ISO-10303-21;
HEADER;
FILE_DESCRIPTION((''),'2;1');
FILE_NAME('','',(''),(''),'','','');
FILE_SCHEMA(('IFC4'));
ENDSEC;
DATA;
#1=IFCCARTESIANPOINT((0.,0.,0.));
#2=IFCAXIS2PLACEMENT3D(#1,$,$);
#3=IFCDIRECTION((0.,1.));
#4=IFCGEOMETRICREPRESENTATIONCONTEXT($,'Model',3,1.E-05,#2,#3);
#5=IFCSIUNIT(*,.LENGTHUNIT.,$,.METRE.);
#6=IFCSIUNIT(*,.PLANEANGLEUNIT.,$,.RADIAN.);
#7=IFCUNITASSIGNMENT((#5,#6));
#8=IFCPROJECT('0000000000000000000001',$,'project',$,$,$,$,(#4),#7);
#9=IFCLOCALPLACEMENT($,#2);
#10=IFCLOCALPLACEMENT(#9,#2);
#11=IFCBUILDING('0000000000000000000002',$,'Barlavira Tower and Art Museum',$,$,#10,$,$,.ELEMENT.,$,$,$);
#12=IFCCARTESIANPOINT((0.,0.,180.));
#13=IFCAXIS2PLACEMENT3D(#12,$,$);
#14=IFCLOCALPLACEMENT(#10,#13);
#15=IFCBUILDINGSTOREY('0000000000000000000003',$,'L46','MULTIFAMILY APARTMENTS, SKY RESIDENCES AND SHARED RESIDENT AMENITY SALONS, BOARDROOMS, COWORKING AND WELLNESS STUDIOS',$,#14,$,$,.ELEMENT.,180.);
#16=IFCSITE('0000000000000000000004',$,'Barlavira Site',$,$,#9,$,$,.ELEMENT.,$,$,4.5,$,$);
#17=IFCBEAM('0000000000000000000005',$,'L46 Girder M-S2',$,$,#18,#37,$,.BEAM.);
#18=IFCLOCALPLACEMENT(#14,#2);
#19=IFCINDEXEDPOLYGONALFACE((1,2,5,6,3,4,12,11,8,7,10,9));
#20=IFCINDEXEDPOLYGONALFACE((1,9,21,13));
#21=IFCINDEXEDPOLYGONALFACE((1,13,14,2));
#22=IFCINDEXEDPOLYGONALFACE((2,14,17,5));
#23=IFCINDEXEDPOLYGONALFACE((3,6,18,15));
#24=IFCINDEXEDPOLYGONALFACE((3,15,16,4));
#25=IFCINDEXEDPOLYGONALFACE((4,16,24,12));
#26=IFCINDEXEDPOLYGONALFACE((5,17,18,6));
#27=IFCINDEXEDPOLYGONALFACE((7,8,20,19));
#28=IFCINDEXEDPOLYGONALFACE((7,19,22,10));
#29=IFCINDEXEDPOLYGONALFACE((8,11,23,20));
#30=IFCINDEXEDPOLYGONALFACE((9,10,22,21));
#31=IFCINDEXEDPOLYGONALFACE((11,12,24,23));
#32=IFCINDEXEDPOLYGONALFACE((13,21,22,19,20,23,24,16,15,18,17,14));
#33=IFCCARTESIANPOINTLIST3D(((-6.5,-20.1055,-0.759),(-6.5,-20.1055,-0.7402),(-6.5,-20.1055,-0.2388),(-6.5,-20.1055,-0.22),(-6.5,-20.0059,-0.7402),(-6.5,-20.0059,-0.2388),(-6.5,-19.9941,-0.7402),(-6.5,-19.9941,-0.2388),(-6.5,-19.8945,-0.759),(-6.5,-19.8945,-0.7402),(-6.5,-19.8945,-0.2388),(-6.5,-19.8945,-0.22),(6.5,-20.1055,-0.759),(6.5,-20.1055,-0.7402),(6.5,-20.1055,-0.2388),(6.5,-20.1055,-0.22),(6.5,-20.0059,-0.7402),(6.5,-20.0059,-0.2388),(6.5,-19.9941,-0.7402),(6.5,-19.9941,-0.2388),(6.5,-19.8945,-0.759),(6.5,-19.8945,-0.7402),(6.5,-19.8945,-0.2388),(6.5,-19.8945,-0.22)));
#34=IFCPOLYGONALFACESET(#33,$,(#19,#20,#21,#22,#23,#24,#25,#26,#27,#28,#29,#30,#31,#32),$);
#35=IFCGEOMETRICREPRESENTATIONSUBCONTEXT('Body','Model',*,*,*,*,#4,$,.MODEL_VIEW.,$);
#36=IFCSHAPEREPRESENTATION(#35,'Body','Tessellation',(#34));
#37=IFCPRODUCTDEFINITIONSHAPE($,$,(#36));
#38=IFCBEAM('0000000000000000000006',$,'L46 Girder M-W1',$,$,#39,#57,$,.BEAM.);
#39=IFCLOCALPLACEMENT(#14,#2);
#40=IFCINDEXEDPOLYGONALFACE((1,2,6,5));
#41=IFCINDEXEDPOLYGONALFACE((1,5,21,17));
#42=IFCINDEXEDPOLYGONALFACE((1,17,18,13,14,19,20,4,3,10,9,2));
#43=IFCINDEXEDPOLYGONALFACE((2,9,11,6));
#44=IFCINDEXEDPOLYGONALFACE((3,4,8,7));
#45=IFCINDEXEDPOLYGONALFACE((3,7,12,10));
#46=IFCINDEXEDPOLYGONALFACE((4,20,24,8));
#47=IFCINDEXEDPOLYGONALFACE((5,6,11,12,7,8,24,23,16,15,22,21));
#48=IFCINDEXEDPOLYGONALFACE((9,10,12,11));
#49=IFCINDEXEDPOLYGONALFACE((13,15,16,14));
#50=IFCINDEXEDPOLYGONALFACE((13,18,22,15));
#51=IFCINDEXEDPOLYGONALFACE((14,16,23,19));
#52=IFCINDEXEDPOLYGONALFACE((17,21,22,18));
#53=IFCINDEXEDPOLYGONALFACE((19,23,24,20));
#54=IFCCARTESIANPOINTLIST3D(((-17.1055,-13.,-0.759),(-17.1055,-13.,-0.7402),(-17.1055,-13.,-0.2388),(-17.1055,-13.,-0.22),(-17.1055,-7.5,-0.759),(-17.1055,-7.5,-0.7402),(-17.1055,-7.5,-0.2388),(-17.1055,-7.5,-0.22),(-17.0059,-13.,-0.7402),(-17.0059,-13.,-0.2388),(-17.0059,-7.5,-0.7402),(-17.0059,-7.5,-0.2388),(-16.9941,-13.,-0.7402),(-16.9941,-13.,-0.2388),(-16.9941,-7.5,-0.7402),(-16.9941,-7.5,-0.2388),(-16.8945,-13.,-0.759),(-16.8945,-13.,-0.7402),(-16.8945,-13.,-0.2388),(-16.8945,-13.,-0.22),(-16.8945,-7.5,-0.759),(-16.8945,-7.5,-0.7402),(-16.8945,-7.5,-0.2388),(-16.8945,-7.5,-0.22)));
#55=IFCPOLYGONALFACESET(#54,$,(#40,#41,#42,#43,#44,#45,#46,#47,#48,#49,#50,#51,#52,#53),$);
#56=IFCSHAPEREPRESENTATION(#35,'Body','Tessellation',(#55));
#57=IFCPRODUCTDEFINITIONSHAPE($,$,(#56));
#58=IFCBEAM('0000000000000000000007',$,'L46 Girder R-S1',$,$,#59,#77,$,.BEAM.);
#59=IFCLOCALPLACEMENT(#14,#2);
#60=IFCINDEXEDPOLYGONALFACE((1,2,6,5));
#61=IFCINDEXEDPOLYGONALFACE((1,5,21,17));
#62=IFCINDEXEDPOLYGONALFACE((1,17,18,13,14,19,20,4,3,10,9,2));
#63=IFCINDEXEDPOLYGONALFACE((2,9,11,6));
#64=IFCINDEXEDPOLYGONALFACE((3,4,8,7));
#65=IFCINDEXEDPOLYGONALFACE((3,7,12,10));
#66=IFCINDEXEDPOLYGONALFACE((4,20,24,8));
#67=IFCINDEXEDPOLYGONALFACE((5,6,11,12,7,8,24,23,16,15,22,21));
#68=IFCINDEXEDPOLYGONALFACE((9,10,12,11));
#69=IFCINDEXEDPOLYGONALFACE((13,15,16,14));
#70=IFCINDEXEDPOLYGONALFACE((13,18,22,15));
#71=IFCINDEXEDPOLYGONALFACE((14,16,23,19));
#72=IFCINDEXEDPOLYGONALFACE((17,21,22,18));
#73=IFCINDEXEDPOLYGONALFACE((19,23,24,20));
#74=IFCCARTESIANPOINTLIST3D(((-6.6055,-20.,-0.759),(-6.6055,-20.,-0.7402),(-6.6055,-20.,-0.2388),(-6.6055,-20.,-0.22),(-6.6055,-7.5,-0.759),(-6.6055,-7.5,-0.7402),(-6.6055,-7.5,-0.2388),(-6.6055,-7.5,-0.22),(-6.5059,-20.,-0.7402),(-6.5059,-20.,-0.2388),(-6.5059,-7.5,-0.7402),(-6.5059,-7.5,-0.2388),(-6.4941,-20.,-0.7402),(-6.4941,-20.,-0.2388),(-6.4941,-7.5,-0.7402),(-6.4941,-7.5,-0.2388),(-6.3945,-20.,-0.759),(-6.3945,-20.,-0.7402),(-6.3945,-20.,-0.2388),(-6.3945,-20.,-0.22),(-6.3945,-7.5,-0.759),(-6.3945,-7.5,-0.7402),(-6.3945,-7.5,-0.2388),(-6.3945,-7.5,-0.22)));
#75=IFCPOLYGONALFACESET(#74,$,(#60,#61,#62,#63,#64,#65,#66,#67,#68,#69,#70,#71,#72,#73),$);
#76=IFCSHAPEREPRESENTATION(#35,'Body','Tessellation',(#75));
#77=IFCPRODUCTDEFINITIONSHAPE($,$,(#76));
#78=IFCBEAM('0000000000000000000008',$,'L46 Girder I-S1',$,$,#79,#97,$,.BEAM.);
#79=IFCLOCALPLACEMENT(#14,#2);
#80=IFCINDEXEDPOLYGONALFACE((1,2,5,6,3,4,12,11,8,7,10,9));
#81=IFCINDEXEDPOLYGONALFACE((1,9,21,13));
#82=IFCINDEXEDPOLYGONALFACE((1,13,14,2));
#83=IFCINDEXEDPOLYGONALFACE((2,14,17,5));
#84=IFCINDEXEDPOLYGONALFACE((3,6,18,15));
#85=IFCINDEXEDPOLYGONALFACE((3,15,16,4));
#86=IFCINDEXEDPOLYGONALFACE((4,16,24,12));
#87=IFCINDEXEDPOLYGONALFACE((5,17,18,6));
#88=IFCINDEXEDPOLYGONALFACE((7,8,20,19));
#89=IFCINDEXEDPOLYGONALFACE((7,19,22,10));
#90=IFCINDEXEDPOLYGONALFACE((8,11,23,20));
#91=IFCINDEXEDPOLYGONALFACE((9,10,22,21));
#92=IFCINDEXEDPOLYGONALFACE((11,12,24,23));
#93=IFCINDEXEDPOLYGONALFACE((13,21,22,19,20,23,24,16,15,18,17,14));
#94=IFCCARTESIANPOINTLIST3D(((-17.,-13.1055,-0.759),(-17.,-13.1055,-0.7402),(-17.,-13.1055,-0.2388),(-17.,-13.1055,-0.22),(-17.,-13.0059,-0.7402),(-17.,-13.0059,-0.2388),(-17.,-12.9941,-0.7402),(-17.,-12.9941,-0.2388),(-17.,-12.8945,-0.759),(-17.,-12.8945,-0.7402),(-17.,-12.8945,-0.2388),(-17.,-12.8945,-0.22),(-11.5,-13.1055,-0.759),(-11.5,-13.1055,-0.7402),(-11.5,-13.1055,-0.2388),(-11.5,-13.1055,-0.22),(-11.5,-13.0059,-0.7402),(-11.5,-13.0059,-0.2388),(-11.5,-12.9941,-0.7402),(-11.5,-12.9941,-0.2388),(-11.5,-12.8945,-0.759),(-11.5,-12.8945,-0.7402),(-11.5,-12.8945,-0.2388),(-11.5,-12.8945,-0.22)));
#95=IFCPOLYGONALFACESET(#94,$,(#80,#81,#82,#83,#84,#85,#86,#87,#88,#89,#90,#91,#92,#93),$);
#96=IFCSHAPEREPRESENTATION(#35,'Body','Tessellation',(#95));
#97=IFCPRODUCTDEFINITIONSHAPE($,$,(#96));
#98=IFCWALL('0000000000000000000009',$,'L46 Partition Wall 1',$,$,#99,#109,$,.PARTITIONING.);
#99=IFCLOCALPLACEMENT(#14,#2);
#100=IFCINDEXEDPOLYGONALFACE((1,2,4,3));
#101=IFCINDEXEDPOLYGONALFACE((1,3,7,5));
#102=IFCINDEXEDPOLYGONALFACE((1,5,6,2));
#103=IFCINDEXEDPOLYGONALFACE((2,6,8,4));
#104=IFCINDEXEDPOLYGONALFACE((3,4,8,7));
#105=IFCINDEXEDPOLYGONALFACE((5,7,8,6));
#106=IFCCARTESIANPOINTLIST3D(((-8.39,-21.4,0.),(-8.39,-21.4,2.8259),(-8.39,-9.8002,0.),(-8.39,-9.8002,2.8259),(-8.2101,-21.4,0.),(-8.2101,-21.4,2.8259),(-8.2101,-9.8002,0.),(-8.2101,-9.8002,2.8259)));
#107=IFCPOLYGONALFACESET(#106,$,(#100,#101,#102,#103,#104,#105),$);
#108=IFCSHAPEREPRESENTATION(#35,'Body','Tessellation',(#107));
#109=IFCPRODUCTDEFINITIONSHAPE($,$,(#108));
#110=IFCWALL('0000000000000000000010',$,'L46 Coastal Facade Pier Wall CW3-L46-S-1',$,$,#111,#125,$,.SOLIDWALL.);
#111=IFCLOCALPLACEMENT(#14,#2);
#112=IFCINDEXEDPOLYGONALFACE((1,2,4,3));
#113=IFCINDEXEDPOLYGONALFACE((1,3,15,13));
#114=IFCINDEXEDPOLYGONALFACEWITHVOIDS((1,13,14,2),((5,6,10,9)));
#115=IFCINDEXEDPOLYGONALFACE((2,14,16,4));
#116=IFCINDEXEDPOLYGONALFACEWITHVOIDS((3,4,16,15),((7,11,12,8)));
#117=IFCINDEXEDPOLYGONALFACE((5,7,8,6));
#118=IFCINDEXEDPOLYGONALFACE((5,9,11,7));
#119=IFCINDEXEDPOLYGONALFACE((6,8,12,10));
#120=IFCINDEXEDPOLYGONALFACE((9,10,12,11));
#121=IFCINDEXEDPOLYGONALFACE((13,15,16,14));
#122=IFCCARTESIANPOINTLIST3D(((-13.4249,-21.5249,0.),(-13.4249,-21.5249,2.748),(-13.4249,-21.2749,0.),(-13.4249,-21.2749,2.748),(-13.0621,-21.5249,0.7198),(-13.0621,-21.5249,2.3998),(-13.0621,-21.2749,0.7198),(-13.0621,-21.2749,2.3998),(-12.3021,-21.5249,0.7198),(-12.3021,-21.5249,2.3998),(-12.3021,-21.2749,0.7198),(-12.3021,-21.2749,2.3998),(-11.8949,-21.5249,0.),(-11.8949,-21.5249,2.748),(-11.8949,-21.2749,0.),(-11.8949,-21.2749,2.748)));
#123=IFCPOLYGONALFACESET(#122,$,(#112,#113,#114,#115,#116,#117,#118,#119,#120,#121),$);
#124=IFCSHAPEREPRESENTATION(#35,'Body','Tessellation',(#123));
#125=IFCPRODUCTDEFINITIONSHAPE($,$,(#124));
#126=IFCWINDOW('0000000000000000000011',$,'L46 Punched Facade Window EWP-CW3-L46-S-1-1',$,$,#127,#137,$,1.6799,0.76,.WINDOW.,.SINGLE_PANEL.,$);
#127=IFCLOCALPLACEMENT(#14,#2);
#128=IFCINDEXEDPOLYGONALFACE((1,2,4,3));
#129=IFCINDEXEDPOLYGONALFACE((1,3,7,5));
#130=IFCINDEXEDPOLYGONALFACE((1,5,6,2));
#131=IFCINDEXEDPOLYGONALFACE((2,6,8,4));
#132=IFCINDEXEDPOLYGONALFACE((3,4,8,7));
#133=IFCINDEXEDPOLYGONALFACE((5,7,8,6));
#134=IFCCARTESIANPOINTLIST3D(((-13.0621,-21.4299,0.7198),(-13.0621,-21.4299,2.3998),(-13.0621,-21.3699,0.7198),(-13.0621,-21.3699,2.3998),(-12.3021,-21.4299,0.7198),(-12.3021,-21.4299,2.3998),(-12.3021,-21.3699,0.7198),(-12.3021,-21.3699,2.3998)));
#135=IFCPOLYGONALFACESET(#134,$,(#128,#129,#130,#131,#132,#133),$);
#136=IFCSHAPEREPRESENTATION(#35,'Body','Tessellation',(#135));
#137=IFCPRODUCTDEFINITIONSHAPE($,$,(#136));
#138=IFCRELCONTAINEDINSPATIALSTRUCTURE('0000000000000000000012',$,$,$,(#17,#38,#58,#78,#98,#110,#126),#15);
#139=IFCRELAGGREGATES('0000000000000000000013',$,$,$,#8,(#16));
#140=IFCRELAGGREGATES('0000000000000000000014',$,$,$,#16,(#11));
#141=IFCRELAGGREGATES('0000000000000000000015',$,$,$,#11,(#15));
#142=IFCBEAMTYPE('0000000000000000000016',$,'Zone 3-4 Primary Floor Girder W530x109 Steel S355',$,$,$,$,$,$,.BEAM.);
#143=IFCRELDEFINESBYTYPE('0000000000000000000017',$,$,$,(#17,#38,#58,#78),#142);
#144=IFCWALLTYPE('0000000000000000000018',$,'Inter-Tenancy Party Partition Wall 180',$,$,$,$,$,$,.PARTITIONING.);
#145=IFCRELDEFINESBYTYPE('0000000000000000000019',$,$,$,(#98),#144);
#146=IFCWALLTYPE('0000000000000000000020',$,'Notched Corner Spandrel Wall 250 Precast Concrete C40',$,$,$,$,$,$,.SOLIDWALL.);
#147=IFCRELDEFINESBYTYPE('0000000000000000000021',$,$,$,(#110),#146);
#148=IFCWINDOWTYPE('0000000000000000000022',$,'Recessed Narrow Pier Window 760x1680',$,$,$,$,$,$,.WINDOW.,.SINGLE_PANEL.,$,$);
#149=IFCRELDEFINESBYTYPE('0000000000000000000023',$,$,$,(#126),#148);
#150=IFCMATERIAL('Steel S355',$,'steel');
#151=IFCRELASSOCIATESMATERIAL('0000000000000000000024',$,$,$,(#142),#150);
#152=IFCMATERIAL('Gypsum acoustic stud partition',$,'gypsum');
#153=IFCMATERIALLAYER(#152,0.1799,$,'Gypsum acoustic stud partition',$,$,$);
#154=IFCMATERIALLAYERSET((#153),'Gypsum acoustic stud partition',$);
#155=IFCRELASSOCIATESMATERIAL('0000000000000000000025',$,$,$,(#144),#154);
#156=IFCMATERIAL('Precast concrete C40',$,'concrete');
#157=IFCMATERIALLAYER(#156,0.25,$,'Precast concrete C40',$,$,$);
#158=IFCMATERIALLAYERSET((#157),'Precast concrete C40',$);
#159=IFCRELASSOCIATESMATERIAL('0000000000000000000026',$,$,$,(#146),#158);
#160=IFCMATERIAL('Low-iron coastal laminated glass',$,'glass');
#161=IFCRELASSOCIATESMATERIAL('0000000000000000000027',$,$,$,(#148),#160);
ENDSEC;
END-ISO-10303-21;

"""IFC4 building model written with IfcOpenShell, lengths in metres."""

from ifc_helpers import new_model, si_unit, direction, frame, frame_2d, origin, origin_2d, place, context, subcontext, project, spatial, rectangle, i_section, extrude, material, layer, layer_set, material_profile, profile_set, type_object, element, fill, save


model = new_model("IFC4")

# Units and contexts
model_context = context("Model", 3, precision=1e-05, world=origin(), true_north=direction((0.0, 1.0)))
body_context = subcontext(model_context, "Body", "Model", "MODEL_VIEW")
ifc_project = project(units=[si_unit("LENGTHUNIT", "METRE"), si_unit("PLANEANGLEUNIT", "RADIAN")], contexts=[model_context])

# Site, building, storey
site_placement = place(None, origin())
site = spatial("IfcSite", under=ifc_project, at=site_placement, Name="Barlavira Site", CompositionType="ELEMENT", RefElevation=4.5)
building_placement = place(site_placement, origin())
building = spatial("IfcBuilding", under=site, at=building_placement, Name="Barlavira Tower and Art Museum", CompositionType="ELEMENT")
storey_placement = place(building_placement, frame((0.0, 0.0, 180.0)))
storey = spatial("IfcBuildingStorey", under=building, at=storey_placement, Name="L46", Description="MULTIFAMILY APARTMENTS, SKY RESIDENCES AND SHARED RESIDENT AMENITY SALONS, BOARDROOMS, COWORKING AND WELLNESS STUDIOS", CompositionType="ELEMENT", Elevation=180.0)

# Beams
ifc_material_1 = material(Name="Steel S355", Category="steel")
ifc_material_profile_1 = material_profile(ifc_material_1, i_section(OverallWidth=0.2109, OverallDepth=0.5391, WebThickness=0.0117, FlangeThickness=0.0188, at=origin_2d()), Name="W530x109.0")
ifc_profile_set_1 = profile_set([ifc_material_profile_1], Name="Steel S355")
beam_type_1 = type_object("IfcBeamType", Name="Zone 3-4 Primary Floor Girder W530x109 Steel S355", PredefinedType="BEAM", material=ifc_profile_set_1)
beam_1_placement = place(storey_placement, frame((-6.5, -20.0, -0.4895), z_axis=(1.0, 0.0, 0.0), x_axis=(0.0, 1.0, 0.0)))
element("IfcBeam", 1, at=beam_1_placement, inside=storey, type_object=beam_type_1, Name="L46 Girder M-S2", PredefinedType="BEAM", context=body_context, shape_type="SweptSolid", body=[
    extrude(i_section(OverallWidth=0.2109, OverallDepth=0.5391, WebThickness=0.0117, FlangeThickness=0.0188, at=origin_2d()), origin(), (0.0, 0.0, 1.0), 13.0),
])
beam_2_placement = place(storey_placement, frame((-17.0, -13.0, -0.4895), z_axis=(0.0, 1.0, 0.0), x_axis=(-1.0, 0.0, 0.0)))
element("IfcBeam", 2, at=beam_2_placement, inside=storey, type_object=beam_type_1, Name="L46 Girder M-W1", PredefinedType="BEAM", context=body_context, shape_type="SweptSolid", body=[
    extrude(i_section(OverallWidth=0.2109, OverallDepth=0.5391, WebThickness=0.0117, FlangeThickness=0.0188, at=origin_2d()), origin(), (0.0, 0.0, 1.0), 5.5),
])
beam_3_placement = place(storey_placement, frame((-6.5, -20.0, -0.4895), z_axis=(0.0, 1.0, 0.0), x_axis=(-1.0, 0.0, 0.0)))
element("IfcBeam", 3, at=beam_3_placement, inside=storey, type_object=beam_type_1, Name="L46 Girder R-S1", PredefinedType="BEAM", context=body_context, shape_type="SweptSolid", body=[
    extrude(i_section(OverallWidth=0.2109, OverallDepth=0.5391, WebThickness=0.0117, FlangeThickness=0.0188, at=origin_2d()), origin(), (0.0, 0.0, 1.0), 12.5),
])
beam_4_placement = place(storey_placement, frame((-17.0, -13.0, -0.4895), z_axis=(1.0, 0.0, 0.0), x_axis=(0.0, 1.0, 0.0)))
element("IfcBeam", 4, at=beam_4_placement, inside=storey, type_object=beam_type_1, Name="L46 Girder I-S1", PredefinedType="BEAM", context=body_context, shape_type="SweptSolid", body=[
    extrude(i_section(OverallWidth=0.2109, OverallDepth=0.5391, WebThickness=0.0117, FlangeThickness=0.0188, at=origin_2d()), origin(), (0.0, 0.0, 1.0), 5.5),
])

# Wall
ifc_material_2 = material(Name="Gypsum acoustic stud partition", Category="gypsum")
ifc_layer_1 = layer(ifc_material_2, 0.1799, Name="Gypsum acoustic stud partition")
ifc_layer_set_1 = layer_set([ifc_layer_1], Name="Gypsum acoustic stud partition")
wall_type_1 = type_object("IfcWallType", Name="Inter-Tenancy Party Partition Wall 180", PredefinedType="PARTITIONING", material=ifc_layer_set_1)
wall_1_placement = place(storey_placement, frame((-8.3, -21.3999, 0.0), z_axis=(0.0, 0.0, 1.0), x_axis=(0.0, 1.0, 0.0)))
element("IfcWall", 5, at=wall_1_placement, inside=storey, type_object=wall_type_1, Name="L46 Partition Wall 1", PredefinedType="PARTITIONING", context=body_context, shape_type="SweptSolid", body=[
    extrude(rectangle(XDim=11.5999, YDim=0.1799, at=frame_2d((5.7998, 0.0))), origin(), (0.0, 0.0, 1.0), 2.8259),
])

# Wall, opening, window
ifc_material_3 = material(Name="Precast concrete C40", Category="concrete")
ifc_layer_2 = layer(ifc_material_3, 0.25, Name="Precast concrete C40")
ifc_layer_set_2 = layer_set([ifc_layer_2], Name="Precast concrete C40")
wall_type_2 = type_object("IfcWallType", Name="Notched Corner Spandrel Wall 250 Precast Concrete C40", PredefinedType="SOLIDWALL", material=ifc_layer_set_2)
wall_2_placement = place(storey_placement, frame((-13.425, -21.3999, 0.0), z_axis=(0.0, 0.0, 1.0), x_axis=(1.0, 0.0, 0.0)))
wall_2 = element("IfcWall", 6, at=wall_2_placement, inside=storey, type_object=wall_type_2, Name="L46 Coastal Facade Pier Wall CW3-L46-S-1", PredefinedType="SOLIDWALL", context=body_context, shape_type="SweptSolid", body=[
    extrude(rectangle(XDim=1.53, YDim=0.25, at=frame_2d((0.7651, 0.0))), origin(), (0.0, 0.0, 1.0), 2.748),
])
opening_1_placement = place(wall_2_placement, frame((0.363, 0.0, 0.72)))
opening_1 = element("IfcOpeningElement", 7, at=opening_1_placement, cuts=wall_2, PredefinedType="OPENING", context=body_context, shape_type="SweptSolid", body=[
    extrude(rectangle(XDim=0.76, YDim=1.6799, at=frame_2d((0.3799, 0.8398))), frame((0.0, 0.135, 0.0), z_axis=(0.0, -1.0, 0.0), x_axis=(1.0, 0.0, 0.0)), (0.0, 0.0, 1.0), 0.27),
])
ifc_material_4 = material(Name="Low-iron coastal laminated glass", Category="glass")
window_type_1 = type_object("IfcWindowType", Name="Recessed Narrow Pier Window 760x1680", PartitioningType="SINGLE_PANEL", PredefinedType="WINDOW", material=ifc_material_4)
window_1_placement = place(opening_1_placement, origin())
window_1 = element("IfcWindow", 8, at=window_1_placement, inside=storey, type_object=window_type_1, Name="L46 Punched Facade Window EWP-CW3-L46-S-1-1", OverallHeight=1.6799, OverallWidth=0.76, PartitioningType="SINGLE_PANEL", PredefinedType="WINDOW", context=body_context, shape_type="SweptSolid", body=[
    extrude(rectangle(XDim=0.76, YDim=1.6799, at=frame_2d((0.3799, 0.8398))), frame((0.0, 0.03, 0.0), z_axis=(0.0, -1.0, 0.0), x_axis=(1.0, 0.0, 0.0)), (0.0, 0.0, 1.0), 0.0601),
])
fill(opening_1, window_1)

save(model, "model.ifc")
